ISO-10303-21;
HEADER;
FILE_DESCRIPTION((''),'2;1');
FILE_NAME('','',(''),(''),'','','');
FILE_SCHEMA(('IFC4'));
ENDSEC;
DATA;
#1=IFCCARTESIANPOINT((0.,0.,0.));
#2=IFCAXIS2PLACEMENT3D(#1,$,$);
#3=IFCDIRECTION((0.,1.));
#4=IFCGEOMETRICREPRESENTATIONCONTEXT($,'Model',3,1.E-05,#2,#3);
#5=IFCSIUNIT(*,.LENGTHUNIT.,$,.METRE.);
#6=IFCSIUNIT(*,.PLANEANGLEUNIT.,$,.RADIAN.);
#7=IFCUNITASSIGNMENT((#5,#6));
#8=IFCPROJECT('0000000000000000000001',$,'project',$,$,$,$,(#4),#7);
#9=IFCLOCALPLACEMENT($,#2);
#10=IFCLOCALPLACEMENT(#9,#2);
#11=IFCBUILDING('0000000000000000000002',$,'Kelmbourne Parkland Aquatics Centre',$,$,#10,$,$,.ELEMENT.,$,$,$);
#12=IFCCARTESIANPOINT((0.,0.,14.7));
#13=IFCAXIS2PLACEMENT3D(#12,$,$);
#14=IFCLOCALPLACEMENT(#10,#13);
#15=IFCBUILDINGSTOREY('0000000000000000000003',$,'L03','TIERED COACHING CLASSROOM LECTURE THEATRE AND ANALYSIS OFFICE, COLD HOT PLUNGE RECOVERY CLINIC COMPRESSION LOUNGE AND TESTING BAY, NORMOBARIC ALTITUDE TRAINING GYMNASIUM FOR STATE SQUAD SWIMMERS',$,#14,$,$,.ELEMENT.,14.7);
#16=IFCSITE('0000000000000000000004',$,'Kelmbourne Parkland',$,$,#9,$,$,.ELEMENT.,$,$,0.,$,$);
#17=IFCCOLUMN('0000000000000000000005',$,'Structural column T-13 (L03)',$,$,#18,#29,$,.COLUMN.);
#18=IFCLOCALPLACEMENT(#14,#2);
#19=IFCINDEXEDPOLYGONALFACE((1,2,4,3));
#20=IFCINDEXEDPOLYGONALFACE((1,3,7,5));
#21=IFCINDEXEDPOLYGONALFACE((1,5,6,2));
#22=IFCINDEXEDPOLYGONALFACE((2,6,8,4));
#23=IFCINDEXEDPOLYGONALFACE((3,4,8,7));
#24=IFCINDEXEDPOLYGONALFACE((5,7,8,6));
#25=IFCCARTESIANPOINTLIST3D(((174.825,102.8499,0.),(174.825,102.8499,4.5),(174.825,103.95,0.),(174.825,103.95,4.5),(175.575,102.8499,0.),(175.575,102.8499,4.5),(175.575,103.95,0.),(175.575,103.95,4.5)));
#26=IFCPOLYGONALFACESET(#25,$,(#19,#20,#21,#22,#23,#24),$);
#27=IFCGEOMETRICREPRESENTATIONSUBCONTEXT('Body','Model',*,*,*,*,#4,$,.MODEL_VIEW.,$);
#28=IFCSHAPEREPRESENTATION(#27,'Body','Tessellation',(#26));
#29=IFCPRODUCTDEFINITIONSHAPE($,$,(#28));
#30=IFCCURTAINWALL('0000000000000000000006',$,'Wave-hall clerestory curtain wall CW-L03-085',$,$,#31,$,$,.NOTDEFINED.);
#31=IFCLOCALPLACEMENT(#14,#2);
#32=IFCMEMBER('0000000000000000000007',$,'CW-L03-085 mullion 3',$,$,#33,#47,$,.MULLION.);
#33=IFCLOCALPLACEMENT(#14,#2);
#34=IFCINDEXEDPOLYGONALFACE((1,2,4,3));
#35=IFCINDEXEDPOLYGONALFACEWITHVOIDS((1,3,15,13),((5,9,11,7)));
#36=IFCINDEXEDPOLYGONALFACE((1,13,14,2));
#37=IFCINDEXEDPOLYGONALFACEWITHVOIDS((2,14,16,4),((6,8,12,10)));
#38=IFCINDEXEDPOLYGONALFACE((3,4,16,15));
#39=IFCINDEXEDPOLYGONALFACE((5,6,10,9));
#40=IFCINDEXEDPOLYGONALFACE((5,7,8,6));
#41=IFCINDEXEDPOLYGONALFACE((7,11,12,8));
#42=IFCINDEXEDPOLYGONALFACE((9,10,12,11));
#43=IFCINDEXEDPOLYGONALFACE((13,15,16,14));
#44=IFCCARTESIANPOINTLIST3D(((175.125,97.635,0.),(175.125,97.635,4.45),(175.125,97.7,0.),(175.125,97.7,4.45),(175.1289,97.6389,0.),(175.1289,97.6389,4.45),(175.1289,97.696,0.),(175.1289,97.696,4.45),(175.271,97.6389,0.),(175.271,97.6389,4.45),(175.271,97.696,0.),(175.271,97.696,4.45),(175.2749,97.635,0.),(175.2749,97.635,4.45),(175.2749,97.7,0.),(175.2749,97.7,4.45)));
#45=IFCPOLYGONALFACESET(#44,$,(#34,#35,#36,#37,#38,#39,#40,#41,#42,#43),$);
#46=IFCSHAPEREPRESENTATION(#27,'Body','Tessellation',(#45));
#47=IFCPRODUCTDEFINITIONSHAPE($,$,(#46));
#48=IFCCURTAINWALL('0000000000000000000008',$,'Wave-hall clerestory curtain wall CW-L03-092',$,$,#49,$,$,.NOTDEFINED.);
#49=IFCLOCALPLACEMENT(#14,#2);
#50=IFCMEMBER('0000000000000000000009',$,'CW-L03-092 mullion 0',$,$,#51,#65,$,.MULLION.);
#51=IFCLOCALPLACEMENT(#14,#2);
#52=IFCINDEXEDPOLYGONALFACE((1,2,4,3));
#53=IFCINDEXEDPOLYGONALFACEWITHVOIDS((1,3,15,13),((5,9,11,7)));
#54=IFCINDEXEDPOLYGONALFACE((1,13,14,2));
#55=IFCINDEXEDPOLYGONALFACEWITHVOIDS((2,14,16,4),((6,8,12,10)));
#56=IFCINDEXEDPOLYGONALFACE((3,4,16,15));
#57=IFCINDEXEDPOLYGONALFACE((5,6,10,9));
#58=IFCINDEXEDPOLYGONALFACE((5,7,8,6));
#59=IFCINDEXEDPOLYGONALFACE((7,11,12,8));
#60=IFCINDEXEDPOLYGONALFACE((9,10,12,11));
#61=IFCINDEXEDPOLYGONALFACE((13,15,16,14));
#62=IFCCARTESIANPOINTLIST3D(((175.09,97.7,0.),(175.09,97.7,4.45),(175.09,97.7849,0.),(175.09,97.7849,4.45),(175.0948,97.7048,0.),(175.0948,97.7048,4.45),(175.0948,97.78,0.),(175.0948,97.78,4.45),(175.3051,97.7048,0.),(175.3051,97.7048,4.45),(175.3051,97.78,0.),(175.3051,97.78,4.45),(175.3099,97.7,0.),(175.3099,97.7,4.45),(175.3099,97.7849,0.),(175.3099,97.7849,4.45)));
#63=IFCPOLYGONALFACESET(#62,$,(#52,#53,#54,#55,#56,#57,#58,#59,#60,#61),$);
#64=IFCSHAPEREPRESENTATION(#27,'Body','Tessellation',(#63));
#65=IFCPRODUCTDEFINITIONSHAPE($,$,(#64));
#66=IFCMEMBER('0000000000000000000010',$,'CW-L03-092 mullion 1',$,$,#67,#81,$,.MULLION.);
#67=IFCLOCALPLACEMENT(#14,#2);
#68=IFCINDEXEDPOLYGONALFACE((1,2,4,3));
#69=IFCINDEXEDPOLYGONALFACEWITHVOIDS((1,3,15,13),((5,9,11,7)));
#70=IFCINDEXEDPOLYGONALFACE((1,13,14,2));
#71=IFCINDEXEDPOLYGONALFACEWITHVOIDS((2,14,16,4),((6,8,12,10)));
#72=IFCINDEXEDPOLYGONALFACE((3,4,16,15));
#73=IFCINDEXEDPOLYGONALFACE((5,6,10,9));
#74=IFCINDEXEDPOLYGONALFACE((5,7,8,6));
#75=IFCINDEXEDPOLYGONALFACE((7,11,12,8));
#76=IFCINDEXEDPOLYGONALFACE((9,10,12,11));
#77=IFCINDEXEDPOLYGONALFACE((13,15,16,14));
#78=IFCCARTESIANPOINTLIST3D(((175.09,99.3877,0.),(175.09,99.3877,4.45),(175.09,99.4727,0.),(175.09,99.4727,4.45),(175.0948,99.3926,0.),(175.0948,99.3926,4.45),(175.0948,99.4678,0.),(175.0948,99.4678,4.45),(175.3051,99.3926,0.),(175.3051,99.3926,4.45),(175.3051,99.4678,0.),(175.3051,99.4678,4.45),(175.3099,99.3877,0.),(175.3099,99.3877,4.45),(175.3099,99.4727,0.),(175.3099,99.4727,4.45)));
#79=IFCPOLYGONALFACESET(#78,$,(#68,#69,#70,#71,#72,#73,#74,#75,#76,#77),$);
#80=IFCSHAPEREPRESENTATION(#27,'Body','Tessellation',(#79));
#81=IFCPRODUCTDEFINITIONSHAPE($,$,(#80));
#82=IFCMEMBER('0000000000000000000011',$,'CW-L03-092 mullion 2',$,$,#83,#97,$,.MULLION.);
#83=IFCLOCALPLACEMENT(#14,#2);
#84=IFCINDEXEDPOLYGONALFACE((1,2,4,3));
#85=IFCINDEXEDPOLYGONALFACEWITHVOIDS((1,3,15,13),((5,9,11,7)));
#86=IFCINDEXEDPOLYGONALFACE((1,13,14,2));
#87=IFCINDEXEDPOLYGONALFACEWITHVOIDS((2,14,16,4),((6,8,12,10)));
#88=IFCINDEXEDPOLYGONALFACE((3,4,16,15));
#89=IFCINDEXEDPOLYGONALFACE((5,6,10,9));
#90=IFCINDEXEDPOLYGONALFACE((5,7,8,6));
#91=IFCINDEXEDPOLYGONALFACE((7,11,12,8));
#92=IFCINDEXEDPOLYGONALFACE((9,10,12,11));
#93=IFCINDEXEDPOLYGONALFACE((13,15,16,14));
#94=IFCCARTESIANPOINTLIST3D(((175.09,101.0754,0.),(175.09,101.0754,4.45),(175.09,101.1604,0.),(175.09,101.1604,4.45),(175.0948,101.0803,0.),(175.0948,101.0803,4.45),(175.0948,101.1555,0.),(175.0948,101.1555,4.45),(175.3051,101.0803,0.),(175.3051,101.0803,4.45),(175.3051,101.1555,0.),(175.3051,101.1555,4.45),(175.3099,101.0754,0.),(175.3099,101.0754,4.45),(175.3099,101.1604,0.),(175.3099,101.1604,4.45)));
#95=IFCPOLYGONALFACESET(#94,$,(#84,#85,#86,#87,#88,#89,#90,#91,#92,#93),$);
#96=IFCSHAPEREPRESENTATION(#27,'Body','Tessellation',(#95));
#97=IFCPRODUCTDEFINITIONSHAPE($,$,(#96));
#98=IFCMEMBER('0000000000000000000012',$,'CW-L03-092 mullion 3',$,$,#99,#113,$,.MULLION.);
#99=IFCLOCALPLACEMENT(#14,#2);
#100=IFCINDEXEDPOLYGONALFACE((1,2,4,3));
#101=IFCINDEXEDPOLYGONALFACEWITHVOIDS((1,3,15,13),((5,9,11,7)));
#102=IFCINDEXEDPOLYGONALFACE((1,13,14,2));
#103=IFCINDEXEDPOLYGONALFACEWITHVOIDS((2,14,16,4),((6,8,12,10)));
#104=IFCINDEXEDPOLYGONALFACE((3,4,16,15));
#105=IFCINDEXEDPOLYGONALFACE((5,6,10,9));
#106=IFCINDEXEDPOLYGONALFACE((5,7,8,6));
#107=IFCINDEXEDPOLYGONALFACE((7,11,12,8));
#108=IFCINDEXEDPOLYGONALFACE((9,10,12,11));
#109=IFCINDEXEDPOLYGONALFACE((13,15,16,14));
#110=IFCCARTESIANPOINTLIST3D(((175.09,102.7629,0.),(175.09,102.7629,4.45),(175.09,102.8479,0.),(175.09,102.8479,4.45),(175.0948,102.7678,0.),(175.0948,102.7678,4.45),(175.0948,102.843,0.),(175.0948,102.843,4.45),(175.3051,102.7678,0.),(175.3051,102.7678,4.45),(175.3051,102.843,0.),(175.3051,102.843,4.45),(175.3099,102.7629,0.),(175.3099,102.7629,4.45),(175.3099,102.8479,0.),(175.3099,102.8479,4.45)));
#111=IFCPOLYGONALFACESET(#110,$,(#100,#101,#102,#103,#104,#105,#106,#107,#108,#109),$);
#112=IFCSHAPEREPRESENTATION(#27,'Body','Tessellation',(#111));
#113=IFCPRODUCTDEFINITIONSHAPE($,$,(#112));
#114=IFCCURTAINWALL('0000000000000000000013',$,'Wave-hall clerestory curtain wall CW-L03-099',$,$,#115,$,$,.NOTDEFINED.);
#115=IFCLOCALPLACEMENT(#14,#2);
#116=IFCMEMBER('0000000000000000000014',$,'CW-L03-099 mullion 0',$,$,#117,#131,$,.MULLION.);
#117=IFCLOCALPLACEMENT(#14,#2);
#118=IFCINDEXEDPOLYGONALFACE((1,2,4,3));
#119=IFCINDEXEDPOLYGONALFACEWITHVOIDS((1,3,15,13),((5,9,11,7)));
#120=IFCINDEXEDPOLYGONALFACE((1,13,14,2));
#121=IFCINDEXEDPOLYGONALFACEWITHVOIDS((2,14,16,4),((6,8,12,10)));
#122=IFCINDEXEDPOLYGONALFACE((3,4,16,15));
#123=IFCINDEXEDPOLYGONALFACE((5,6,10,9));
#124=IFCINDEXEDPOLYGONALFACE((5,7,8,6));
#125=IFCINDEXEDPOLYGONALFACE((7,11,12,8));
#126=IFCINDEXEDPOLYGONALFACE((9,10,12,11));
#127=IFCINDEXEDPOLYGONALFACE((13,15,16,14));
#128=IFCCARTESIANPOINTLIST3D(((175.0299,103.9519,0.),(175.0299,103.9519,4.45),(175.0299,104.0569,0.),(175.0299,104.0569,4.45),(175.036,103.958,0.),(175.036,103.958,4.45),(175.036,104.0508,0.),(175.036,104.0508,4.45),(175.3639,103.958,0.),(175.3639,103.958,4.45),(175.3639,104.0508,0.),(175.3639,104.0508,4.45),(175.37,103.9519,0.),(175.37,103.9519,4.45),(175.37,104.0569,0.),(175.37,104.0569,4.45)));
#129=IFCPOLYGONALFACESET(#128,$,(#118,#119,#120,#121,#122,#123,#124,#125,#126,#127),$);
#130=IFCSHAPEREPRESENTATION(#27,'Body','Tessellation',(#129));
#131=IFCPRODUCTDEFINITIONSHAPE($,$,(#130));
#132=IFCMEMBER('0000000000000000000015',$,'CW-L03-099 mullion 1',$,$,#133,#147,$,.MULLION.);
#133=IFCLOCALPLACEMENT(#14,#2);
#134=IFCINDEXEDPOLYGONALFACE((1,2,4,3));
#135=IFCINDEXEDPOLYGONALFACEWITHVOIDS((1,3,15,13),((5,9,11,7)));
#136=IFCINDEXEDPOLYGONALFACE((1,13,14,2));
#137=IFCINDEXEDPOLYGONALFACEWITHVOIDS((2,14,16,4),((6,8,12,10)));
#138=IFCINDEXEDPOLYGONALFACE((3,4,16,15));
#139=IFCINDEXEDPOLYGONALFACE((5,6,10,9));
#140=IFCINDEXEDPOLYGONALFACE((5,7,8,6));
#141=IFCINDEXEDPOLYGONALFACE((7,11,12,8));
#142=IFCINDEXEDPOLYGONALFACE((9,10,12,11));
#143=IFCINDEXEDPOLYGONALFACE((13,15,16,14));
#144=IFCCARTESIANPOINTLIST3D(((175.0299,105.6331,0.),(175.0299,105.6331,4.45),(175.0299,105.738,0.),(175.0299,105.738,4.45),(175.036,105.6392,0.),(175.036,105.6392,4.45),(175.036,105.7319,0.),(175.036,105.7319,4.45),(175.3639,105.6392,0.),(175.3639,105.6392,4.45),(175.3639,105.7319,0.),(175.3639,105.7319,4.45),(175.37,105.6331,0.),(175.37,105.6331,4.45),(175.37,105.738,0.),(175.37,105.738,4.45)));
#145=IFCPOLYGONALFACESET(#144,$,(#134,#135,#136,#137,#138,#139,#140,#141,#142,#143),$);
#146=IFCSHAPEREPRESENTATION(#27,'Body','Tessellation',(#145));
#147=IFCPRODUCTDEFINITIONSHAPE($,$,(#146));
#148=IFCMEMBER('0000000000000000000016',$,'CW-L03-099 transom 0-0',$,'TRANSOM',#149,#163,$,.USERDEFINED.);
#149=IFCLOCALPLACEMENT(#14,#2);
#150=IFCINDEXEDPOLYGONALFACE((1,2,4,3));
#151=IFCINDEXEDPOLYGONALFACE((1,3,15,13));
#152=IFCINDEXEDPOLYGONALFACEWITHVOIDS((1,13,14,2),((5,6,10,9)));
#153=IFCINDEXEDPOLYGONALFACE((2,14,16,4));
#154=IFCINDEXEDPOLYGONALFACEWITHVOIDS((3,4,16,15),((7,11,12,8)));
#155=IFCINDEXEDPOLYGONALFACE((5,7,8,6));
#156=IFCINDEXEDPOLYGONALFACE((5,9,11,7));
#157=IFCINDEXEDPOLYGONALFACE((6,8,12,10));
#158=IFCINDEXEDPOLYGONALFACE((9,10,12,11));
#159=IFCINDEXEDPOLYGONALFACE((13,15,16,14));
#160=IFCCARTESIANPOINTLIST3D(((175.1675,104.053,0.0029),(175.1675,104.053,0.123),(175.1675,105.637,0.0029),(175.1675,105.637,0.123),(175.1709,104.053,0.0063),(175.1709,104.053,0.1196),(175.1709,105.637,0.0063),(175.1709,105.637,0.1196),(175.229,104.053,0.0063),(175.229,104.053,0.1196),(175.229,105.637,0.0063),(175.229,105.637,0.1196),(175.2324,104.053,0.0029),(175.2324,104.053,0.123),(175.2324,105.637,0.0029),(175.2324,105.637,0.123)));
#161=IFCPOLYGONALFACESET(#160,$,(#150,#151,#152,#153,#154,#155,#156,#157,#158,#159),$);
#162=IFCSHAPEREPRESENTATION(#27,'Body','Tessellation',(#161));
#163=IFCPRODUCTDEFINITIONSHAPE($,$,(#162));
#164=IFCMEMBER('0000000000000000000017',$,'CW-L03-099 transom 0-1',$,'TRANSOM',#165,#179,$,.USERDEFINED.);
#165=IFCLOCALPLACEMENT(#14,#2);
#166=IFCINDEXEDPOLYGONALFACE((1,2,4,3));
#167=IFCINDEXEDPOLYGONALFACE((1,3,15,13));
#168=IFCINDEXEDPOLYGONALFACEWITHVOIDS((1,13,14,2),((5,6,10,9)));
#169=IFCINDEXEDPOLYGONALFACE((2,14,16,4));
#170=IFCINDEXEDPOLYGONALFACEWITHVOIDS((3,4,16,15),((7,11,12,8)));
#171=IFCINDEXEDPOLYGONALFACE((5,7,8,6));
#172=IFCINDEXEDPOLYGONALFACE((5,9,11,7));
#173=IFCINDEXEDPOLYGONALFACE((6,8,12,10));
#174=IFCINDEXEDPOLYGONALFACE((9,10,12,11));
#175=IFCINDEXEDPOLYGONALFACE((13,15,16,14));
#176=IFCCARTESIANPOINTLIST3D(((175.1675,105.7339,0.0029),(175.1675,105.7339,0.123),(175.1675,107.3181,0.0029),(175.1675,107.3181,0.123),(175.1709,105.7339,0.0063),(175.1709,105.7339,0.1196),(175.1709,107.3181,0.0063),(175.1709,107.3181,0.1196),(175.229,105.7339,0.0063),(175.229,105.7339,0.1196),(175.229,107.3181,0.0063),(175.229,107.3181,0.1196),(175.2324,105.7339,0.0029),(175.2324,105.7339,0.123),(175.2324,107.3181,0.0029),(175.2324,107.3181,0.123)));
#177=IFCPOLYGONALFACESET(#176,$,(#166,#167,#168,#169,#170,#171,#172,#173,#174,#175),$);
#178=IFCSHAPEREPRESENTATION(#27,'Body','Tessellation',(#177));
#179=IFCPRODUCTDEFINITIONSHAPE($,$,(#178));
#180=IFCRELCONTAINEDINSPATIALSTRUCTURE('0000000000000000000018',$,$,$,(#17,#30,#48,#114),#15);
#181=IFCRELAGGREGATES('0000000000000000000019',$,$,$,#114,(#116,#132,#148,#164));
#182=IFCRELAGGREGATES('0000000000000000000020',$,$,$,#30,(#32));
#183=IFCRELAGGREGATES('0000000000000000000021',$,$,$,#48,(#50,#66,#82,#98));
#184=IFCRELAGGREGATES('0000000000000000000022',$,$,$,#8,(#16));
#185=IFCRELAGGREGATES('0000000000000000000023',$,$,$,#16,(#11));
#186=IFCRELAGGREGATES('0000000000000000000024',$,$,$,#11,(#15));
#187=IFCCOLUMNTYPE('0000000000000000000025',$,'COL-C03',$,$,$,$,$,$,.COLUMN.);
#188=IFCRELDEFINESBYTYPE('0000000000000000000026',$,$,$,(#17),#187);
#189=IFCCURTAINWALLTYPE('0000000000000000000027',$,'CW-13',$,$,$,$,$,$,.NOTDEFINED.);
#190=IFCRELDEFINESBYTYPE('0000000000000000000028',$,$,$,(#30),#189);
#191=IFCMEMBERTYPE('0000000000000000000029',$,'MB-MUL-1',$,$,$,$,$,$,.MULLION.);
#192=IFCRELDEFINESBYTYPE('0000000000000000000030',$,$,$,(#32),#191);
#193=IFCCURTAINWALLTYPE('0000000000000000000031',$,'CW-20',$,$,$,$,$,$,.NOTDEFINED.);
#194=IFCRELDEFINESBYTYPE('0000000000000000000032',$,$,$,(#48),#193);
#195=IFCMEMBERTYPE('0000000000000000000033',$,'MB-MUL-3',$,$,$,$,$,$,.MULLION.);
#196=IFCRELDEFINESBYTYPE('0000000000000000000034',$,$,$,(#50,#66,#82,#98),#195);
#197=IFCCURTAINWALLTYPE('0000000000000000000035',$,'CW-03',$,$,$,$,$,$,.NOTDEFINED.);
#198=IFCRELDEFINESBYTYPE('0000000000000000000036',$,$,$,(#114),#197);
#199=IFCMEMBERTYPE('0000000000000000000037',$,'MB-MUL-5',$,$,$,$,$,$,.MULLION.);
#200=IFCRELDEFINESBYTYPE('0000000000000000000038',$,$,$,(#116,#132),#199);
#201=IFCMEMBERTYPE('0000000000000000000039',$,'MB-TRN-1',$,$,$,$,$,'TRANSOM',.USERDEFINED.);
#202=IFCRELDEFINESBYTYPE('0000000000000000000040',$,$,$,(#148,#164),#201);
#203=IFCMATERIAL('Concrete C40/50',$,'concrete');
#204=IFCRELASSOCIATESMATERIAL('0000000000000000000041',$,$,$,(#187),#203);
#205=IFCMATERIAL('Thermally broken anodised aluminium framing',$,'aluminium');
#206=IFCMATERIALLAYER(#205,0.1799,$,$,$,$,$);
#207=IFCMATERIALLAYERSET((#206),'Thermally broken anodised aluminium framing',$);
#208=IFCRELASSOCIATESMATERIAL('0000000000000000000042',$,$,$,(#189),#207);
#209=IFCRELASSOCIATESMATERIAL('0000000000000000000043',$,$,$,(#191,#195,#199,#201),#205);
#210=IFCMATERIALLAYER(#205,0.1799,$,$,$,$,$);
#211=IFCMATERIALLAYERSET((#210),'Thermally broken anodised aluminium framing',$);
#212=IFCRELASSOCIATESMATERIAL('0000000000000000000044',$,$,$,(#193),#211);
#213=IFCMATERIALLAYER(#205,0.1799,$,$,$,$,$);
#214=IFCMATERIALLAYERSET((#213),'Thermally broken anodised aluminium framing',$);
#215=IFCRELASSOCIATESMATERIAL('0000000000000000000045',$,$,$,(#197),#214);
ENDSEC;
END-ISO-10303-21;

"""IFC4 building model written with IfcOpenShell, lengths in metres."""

from ifc_helpers import new_model, si_unit, direction, frame, origin, origin_2d, place, context, subcontext, project, spatial, rectangle, hollow_rectangle, extrude, material, layer, layer_set, material_profile, profile_set, type_object, element, aggregate, save


model = new_model("IFC4")

# Units and contexts
model_context = context("Model", 3, precision=1e-05, world=origin(), true_north=direction((0.0, 1.0)))
body_context = subcontext(model_context, "Body", "Model", "MODEL_VIEW")
ifc_project = project(units=[si_unit("LENGTHUNIT", "METRE"), si_unit("PLANEANGLEUNIT", "RADIAN")], contexts=[model_context])

# Site, building, storey
site_placement = place(None, origin())
site = spatial("IfcSite", under=ifc_project, at=site_placement, Name="Kelmbourne Parkland", CompositionType="ELEMENT", RefElevation=0.0)
building_placement = place(site_placement, origin())
building = spatial("IfcBuilding", under=site, at=building_placement, Name="Kelmbourne Parkland Aquatics Centre", CompositionType="ELEMENT")
storey_placement = place(building_placement, frame((0.0, 0.0, 14.7)))
storey = spatial("IfcBuildingStorey", under=building, at=storey_placement, Name="L03", Description="TIERED COACHING CLASSROOM LECTURE THEATRE AND ANALYSIS OFFICE, COLD HOT PLUNGE RECOVERY CLINIC COMPRESSION LOUNGE AND TESTING BAY, NORMOBARIC ALTITUDE TRAINING GYMNASIUM FOR STATE SQUAD SWIMMERS", CompositionType="ELEMENT", Elevation=14.7)

# Column
ifc_material_1 = material(Name="Concrete C40/50", Category="concrete")
ifc_material_profile_1 = material_profile(ifc_material_1, rectangle(XDim=0.75, YDim=1.1001, at=origin_2d()), Name="RC 750x1100")
ifc_profile_set_1 = profile_set([ifc_material_profile_1], Name="Concrete C40/50")
column_type = type_object("IfcColumnType", Name="COL-C03", PredefinedType="COLUMN", material=ifc_profile_set_1)
column_placement = place(storey_placement, frame((175.2, 103.3999, 0.0), z_axis=(0.0, 0.0, 1.0), x_axis=(1.0, 0.0, 0.0)))
element("IfcColumn", 1, at=column_placement, inside=storey, type_object=column_type, Name="Structural column T-13 (L03)", PredefinedType="COLUMN", context=body_context, shape_type="SweptSolid", body=[
    extrude(rectangle(XDim=0.75, YDim=1.1001, at=origin_2d()), origin(), (0.0, 0.0, 1.0), 4.5),
])

# Curtain wall, member
ifc_material_2 = material(Name="Thermally broken anodised aluminium framing", Category="aluminium")
ifc_layer_1 = layer(ifc_material_2, 0.1799)
ifc_layer_set_1 = layer_set([ifc_layer_1], Name="Thermally broken anodised aluminium framing")
curtain_wall_type_1 = type_object("IfcCurtainWallType", Name="CW-13", PredefinedType="NOTDEFINED", material=ifc_layer_set_1)
curtain_wall_1_placement = place(storey_placement, origin())
curtain_wall_1 = element("IfcCurtainWall", 2, at=curtain_wall_1_placement, inside=storey, type_object=curtain_wall_type_1, Name="Wave-hall clerestory curtain wall CW-L03-085", PredefinedType="NOTDEFINED")
ifc_material_profile_2 = material_profile(ifc_material_2, hollow_rectangle(XDim=0.0649, YDim=0.1499, WallThickness=0.0039, at=origin_2d()), Name="CW-M 65x150")
ifc_profile_set_2 = profile_set([ifc_material_profile_2], Name="Thermally broken anodised aluminium framing")
member_type_1 = type_object("IfcMemberType", Name="MB-MUL-1", PredefinedType="MULLION", material=ifc_profile_set_2)
member_1_placement = place(storey_placement, frame((175.2, 97.6675, 0.0), z_axis=(0.0, 0.0, 1.0), x_axis=(0.0, 1.0, 0.0)))
member_1 = element("IfcMember", 3, at=member_1_placement, type_object=member_type_1, Name="CW-L03-085 mullion 3", PredefinedType="MULLION", context=body_context, shape_type="SweptSolid", body=[
    extrude(hollow_rectangle(XDim=0.0649, YDim=0.1499, WallThickness=0.0039, at=origin_2d()), origin(), (0.0, 0.0, 1.0), 4.45),
])

# Curtain walls, members
ifc_layer_2 = layer(ifc_material_2, 0.1799)
ifc_layer_set_2 = layer_set([ifc_layer_2], Name="Thermally broken anodised aluminium framing")
curtain_wall_type_2 = type_object("IfcCurtainWallType", Name="CW-20", PredefinedType="NOTDEFINED", material=ifc_layer_set_2)
curtain_wall_2_placement = place(storey_placement, origin())
curtain_wall_2 = element("IfcCurtainWall", 4, at=curtain_wall_2_placement, inside=storey, type_object=curtain_wall_type_2, Name="Wave-hall clerestory curtain wall CW-L03-092", PredefinedType="NOTDEFINED")
ifc_material_profile_3 = material_profile(ifc_material_2, hollow_rectangle(XDim=0.085, YDim=0.22, WallThickness=0.0049, at=origin_2d()), Name="CW-M 85x220")
ifc_profile_set_3 = profile_set([ifc_material_profile_3], Name="Thermally broken anodised aluminium framing")
member_type_2 = type_object("IfcMemberType", Name="MB-MUL-3", PredefinedType="MULLION", material=ifc_profile_set_3)
member_2_placement = place(storey_placement, frame((175.2, 97.7424, 0.0), z_axis=(0.0, 0.0, 1.0), x_axis=(0.0, 1.0, 0.0)))
member_2 = element("IfcMember", 5, at=member_2_placement, type_object=member_type_2, Name="CW-L03-092 mullion 0", PredefinedType="MULLION", context=body_context, shape_type="SweptSolid", body=[
    extrude(hollow_rectangle(XDim=0.085, YDim=0.22, WallThickness=0.0049, at=origin_2d()), origin(), (0.0, 0.0, 1.0), 4.45),
])
member_3_placement = place(storey_placement, frame((175.2, 99.4302, 0.0), z_axis=(0.0, 0.0, 1.0), x_axis=(0.0, 1.0, 0.0)))
member_3 = element("IfcMember", 6, at=member_3_placement, type_object=member_type_2, Name="CW-L03-092 mullion 1", PredefinedType="MULLION", context=body_context, shape_type="SweptSolid", body=[
    extrude(hollow_rectangle(XDim=0.085, YDim=0.22, WallThickness=0.0049, at=origin_2d()), origin(), (0.0, 0.0, 1.0), 4.45),
])
member_4_placement = place(storey_placement, frame((175.2, 101.1179, 0.0), z_axis=(0.0, 0.0, 1.0), x_axis=(0.0, 1.0, 0.0)))
member_4 = element("IfcMember", 7, at=member_4_placement, type_object=member_type_2, Name="CW-L03-092 mullion 2", PredefinedType="MULLION", context=body_context, shape_type="SweptSolid", body=[
    extrude(hollow_rectangle(XDim=0.085, YDim=0.22, WallThickness=0.0049, at=origin_2d()), origin(), (0.0, 0.0, 1.0), 4.45),
])
member_5_placement = place(storey_placement, frame((175.2, 102.8054, 0.0), z_axis=(0.0, 0.0, 1.0), x_axis=(0.0, 1.0, 0.0)))
member_5 = element("IfcMember", 8, at=member_5_placement, type_object=member_type_2, Name="CW-L03-092 mullion 3", PredefinedType="MULLION", context=body_context, shape_type="SweptSolid", body=[
    extrude(hollow_rectangle(XDim=0.085, YDim=0.22, WallThickness=0.0049, at=origin_2d()), origin(), (0.0, 0.0, 1.0), 4.45),
])
ifc_layer_3 = layer(ifc_material_2, 0.1799)
ifc_layer_set_3 = layer_set([ifc_layer_3], Name="Thermally broken anodised aluminium framing")
curtain_wall_type_3 = type_object("IfcCurtainWallType", Name="CW-03", PredefinedType="NOTDEFINED", material=ifc_layer_set_3)
curtain_wall_3_placement = place(storey_placement, origin())
curtain_wall_3 = element("IfcCurtainWall", 9, at=curtain_wall_3_placement, inside=storey, type_object=curtain_wall_type_3, Name="Wave-hall clerestory curtain wall CW-L03-099", PredefinedType="NOTDEFINED")
ifc_material_profile_4 = material_profile(ifc_material_2, hollow_rectangle(XDim=0.105, YDim=0.3401, WallThickness=0.0061, at=origin_2d()), Name="CW-M 105x340")
ifc_profile_set_4 = profile_set([ifc_material_profile_4], Name="Thermally broken anodised aluminium framing")
member_type_3 = type_object("IfcMemberType", Name="MB-MUL-5", PredefinedType="MULLION", material=ifc_profile_set_4)
member_6_placement = place(storey_placement, frame((175.2, 104.0044, 0.0), z_axis=(0.0, 0.0, 1.0), x_axis=(0.0, 1.0, 0.0)))
member_6 = element("IfcMember", 10, at=member_6_placement, type_object=member_type_3, Name="CW-L03-099 mullion 0", PredefinedType="MULLION", context=body_context, shape_type="SweptSolid", body=[
    extrude(hollow_rectangle(XDim=0.105, YDim=0.3401, WallThickness=0.0061, at=origin_2d()), origin(), (0.0, 0.0, 1.0), 4.45),
])
member_7_placement = place(storey_placement, frame((175.2, 105.6855, 0.0), z_axis=(0.0, 0.0, 1.0), x_axis=(0.0, 1.0, 0.0)))
member_7 = element("IfcMember", 11, at=member_7_placement, type_object=member_type_3, Name="CW-L03-099 mullion 1", PredefinedType="MULLION", context=body_context, shape_type="SweptSolid", body=[
    extrude(hollow_rectangle(XDim=0.105, YDim=0.3401, WallThickness=0.0061, at=origin_2d()), origin(), (0.0, 0.0, 1.0), 4.45),
])
ifc_material_profile_5 = material_profile(ifc_material_2, hollow_rectangle(XDim=0.0649, YDim=0.1201, WallThickness=0.0034, at=origin_2d()), Name="CW-T 65x120")
ifc_profile_set_5 = profile_set([ifc_material_profile_5], Name="Thermally broken anodised aluminium framing")
member_type_4 = type_object("IfcMemberType", Name="MB-TRN-1", ElementType="TRANSOM", PredefinedType="USERDEFINED", material=ifc_profile_set_5)
member_8_placement = place(storey_placement, frame((175.2, 104.053, 0.063), z_axis=(0.0, 1.0, 0.0), x_axis=(-1.0, 0.0, 0.0)))
member_8 = element("IfcMember", 12, at=member_8_placement, type_object=member_type_4, Name="CW-L03-099 transom 0-0", ObjectType="TRANSOM", PredefinedType="USERDEFINED", context=body_context, shape_type="SweptSolid", body=[
    extrude(hollow_rectangle(XDim=0.0649, YDim=0.1201, WallThickness=0.0034, at=origin_2d()), origin(), (0.0, 0.0, 1.0), 1.584),
])
member_9_placement = place(storey_placement, frame((175.2, 105.7339, 0.063), z_axis=(0.0, 1.0, 0.0), x_axis=(-1.0, 0.0, 0.0)))
member_9 = element("IfcMember", 13, at=member_9_placement, type_object=member_type_4, Name="CW-L03-099 transom 0-1", ObjectType="TRANSOM", PredefinedType="USERDEFINED", context=body_context, shape_type="SweptSolid", body=[
    extrude(hollow_rectangle(XDim=0.0649, YDim=0.1201, WallThickness=0.0034, at=origin_2d()), origin(), (0.0, 0.0, 1.0), 1.5842),
])

aggregate(curtain_wall_3, [member_6, member_7, member_8, member_9])
aggregate(curtain_wall_1, [member_1])
aggregate(curtain_wall_2, [member_2, member_3, member_4, member_5])

save(model, "model.ifc")
